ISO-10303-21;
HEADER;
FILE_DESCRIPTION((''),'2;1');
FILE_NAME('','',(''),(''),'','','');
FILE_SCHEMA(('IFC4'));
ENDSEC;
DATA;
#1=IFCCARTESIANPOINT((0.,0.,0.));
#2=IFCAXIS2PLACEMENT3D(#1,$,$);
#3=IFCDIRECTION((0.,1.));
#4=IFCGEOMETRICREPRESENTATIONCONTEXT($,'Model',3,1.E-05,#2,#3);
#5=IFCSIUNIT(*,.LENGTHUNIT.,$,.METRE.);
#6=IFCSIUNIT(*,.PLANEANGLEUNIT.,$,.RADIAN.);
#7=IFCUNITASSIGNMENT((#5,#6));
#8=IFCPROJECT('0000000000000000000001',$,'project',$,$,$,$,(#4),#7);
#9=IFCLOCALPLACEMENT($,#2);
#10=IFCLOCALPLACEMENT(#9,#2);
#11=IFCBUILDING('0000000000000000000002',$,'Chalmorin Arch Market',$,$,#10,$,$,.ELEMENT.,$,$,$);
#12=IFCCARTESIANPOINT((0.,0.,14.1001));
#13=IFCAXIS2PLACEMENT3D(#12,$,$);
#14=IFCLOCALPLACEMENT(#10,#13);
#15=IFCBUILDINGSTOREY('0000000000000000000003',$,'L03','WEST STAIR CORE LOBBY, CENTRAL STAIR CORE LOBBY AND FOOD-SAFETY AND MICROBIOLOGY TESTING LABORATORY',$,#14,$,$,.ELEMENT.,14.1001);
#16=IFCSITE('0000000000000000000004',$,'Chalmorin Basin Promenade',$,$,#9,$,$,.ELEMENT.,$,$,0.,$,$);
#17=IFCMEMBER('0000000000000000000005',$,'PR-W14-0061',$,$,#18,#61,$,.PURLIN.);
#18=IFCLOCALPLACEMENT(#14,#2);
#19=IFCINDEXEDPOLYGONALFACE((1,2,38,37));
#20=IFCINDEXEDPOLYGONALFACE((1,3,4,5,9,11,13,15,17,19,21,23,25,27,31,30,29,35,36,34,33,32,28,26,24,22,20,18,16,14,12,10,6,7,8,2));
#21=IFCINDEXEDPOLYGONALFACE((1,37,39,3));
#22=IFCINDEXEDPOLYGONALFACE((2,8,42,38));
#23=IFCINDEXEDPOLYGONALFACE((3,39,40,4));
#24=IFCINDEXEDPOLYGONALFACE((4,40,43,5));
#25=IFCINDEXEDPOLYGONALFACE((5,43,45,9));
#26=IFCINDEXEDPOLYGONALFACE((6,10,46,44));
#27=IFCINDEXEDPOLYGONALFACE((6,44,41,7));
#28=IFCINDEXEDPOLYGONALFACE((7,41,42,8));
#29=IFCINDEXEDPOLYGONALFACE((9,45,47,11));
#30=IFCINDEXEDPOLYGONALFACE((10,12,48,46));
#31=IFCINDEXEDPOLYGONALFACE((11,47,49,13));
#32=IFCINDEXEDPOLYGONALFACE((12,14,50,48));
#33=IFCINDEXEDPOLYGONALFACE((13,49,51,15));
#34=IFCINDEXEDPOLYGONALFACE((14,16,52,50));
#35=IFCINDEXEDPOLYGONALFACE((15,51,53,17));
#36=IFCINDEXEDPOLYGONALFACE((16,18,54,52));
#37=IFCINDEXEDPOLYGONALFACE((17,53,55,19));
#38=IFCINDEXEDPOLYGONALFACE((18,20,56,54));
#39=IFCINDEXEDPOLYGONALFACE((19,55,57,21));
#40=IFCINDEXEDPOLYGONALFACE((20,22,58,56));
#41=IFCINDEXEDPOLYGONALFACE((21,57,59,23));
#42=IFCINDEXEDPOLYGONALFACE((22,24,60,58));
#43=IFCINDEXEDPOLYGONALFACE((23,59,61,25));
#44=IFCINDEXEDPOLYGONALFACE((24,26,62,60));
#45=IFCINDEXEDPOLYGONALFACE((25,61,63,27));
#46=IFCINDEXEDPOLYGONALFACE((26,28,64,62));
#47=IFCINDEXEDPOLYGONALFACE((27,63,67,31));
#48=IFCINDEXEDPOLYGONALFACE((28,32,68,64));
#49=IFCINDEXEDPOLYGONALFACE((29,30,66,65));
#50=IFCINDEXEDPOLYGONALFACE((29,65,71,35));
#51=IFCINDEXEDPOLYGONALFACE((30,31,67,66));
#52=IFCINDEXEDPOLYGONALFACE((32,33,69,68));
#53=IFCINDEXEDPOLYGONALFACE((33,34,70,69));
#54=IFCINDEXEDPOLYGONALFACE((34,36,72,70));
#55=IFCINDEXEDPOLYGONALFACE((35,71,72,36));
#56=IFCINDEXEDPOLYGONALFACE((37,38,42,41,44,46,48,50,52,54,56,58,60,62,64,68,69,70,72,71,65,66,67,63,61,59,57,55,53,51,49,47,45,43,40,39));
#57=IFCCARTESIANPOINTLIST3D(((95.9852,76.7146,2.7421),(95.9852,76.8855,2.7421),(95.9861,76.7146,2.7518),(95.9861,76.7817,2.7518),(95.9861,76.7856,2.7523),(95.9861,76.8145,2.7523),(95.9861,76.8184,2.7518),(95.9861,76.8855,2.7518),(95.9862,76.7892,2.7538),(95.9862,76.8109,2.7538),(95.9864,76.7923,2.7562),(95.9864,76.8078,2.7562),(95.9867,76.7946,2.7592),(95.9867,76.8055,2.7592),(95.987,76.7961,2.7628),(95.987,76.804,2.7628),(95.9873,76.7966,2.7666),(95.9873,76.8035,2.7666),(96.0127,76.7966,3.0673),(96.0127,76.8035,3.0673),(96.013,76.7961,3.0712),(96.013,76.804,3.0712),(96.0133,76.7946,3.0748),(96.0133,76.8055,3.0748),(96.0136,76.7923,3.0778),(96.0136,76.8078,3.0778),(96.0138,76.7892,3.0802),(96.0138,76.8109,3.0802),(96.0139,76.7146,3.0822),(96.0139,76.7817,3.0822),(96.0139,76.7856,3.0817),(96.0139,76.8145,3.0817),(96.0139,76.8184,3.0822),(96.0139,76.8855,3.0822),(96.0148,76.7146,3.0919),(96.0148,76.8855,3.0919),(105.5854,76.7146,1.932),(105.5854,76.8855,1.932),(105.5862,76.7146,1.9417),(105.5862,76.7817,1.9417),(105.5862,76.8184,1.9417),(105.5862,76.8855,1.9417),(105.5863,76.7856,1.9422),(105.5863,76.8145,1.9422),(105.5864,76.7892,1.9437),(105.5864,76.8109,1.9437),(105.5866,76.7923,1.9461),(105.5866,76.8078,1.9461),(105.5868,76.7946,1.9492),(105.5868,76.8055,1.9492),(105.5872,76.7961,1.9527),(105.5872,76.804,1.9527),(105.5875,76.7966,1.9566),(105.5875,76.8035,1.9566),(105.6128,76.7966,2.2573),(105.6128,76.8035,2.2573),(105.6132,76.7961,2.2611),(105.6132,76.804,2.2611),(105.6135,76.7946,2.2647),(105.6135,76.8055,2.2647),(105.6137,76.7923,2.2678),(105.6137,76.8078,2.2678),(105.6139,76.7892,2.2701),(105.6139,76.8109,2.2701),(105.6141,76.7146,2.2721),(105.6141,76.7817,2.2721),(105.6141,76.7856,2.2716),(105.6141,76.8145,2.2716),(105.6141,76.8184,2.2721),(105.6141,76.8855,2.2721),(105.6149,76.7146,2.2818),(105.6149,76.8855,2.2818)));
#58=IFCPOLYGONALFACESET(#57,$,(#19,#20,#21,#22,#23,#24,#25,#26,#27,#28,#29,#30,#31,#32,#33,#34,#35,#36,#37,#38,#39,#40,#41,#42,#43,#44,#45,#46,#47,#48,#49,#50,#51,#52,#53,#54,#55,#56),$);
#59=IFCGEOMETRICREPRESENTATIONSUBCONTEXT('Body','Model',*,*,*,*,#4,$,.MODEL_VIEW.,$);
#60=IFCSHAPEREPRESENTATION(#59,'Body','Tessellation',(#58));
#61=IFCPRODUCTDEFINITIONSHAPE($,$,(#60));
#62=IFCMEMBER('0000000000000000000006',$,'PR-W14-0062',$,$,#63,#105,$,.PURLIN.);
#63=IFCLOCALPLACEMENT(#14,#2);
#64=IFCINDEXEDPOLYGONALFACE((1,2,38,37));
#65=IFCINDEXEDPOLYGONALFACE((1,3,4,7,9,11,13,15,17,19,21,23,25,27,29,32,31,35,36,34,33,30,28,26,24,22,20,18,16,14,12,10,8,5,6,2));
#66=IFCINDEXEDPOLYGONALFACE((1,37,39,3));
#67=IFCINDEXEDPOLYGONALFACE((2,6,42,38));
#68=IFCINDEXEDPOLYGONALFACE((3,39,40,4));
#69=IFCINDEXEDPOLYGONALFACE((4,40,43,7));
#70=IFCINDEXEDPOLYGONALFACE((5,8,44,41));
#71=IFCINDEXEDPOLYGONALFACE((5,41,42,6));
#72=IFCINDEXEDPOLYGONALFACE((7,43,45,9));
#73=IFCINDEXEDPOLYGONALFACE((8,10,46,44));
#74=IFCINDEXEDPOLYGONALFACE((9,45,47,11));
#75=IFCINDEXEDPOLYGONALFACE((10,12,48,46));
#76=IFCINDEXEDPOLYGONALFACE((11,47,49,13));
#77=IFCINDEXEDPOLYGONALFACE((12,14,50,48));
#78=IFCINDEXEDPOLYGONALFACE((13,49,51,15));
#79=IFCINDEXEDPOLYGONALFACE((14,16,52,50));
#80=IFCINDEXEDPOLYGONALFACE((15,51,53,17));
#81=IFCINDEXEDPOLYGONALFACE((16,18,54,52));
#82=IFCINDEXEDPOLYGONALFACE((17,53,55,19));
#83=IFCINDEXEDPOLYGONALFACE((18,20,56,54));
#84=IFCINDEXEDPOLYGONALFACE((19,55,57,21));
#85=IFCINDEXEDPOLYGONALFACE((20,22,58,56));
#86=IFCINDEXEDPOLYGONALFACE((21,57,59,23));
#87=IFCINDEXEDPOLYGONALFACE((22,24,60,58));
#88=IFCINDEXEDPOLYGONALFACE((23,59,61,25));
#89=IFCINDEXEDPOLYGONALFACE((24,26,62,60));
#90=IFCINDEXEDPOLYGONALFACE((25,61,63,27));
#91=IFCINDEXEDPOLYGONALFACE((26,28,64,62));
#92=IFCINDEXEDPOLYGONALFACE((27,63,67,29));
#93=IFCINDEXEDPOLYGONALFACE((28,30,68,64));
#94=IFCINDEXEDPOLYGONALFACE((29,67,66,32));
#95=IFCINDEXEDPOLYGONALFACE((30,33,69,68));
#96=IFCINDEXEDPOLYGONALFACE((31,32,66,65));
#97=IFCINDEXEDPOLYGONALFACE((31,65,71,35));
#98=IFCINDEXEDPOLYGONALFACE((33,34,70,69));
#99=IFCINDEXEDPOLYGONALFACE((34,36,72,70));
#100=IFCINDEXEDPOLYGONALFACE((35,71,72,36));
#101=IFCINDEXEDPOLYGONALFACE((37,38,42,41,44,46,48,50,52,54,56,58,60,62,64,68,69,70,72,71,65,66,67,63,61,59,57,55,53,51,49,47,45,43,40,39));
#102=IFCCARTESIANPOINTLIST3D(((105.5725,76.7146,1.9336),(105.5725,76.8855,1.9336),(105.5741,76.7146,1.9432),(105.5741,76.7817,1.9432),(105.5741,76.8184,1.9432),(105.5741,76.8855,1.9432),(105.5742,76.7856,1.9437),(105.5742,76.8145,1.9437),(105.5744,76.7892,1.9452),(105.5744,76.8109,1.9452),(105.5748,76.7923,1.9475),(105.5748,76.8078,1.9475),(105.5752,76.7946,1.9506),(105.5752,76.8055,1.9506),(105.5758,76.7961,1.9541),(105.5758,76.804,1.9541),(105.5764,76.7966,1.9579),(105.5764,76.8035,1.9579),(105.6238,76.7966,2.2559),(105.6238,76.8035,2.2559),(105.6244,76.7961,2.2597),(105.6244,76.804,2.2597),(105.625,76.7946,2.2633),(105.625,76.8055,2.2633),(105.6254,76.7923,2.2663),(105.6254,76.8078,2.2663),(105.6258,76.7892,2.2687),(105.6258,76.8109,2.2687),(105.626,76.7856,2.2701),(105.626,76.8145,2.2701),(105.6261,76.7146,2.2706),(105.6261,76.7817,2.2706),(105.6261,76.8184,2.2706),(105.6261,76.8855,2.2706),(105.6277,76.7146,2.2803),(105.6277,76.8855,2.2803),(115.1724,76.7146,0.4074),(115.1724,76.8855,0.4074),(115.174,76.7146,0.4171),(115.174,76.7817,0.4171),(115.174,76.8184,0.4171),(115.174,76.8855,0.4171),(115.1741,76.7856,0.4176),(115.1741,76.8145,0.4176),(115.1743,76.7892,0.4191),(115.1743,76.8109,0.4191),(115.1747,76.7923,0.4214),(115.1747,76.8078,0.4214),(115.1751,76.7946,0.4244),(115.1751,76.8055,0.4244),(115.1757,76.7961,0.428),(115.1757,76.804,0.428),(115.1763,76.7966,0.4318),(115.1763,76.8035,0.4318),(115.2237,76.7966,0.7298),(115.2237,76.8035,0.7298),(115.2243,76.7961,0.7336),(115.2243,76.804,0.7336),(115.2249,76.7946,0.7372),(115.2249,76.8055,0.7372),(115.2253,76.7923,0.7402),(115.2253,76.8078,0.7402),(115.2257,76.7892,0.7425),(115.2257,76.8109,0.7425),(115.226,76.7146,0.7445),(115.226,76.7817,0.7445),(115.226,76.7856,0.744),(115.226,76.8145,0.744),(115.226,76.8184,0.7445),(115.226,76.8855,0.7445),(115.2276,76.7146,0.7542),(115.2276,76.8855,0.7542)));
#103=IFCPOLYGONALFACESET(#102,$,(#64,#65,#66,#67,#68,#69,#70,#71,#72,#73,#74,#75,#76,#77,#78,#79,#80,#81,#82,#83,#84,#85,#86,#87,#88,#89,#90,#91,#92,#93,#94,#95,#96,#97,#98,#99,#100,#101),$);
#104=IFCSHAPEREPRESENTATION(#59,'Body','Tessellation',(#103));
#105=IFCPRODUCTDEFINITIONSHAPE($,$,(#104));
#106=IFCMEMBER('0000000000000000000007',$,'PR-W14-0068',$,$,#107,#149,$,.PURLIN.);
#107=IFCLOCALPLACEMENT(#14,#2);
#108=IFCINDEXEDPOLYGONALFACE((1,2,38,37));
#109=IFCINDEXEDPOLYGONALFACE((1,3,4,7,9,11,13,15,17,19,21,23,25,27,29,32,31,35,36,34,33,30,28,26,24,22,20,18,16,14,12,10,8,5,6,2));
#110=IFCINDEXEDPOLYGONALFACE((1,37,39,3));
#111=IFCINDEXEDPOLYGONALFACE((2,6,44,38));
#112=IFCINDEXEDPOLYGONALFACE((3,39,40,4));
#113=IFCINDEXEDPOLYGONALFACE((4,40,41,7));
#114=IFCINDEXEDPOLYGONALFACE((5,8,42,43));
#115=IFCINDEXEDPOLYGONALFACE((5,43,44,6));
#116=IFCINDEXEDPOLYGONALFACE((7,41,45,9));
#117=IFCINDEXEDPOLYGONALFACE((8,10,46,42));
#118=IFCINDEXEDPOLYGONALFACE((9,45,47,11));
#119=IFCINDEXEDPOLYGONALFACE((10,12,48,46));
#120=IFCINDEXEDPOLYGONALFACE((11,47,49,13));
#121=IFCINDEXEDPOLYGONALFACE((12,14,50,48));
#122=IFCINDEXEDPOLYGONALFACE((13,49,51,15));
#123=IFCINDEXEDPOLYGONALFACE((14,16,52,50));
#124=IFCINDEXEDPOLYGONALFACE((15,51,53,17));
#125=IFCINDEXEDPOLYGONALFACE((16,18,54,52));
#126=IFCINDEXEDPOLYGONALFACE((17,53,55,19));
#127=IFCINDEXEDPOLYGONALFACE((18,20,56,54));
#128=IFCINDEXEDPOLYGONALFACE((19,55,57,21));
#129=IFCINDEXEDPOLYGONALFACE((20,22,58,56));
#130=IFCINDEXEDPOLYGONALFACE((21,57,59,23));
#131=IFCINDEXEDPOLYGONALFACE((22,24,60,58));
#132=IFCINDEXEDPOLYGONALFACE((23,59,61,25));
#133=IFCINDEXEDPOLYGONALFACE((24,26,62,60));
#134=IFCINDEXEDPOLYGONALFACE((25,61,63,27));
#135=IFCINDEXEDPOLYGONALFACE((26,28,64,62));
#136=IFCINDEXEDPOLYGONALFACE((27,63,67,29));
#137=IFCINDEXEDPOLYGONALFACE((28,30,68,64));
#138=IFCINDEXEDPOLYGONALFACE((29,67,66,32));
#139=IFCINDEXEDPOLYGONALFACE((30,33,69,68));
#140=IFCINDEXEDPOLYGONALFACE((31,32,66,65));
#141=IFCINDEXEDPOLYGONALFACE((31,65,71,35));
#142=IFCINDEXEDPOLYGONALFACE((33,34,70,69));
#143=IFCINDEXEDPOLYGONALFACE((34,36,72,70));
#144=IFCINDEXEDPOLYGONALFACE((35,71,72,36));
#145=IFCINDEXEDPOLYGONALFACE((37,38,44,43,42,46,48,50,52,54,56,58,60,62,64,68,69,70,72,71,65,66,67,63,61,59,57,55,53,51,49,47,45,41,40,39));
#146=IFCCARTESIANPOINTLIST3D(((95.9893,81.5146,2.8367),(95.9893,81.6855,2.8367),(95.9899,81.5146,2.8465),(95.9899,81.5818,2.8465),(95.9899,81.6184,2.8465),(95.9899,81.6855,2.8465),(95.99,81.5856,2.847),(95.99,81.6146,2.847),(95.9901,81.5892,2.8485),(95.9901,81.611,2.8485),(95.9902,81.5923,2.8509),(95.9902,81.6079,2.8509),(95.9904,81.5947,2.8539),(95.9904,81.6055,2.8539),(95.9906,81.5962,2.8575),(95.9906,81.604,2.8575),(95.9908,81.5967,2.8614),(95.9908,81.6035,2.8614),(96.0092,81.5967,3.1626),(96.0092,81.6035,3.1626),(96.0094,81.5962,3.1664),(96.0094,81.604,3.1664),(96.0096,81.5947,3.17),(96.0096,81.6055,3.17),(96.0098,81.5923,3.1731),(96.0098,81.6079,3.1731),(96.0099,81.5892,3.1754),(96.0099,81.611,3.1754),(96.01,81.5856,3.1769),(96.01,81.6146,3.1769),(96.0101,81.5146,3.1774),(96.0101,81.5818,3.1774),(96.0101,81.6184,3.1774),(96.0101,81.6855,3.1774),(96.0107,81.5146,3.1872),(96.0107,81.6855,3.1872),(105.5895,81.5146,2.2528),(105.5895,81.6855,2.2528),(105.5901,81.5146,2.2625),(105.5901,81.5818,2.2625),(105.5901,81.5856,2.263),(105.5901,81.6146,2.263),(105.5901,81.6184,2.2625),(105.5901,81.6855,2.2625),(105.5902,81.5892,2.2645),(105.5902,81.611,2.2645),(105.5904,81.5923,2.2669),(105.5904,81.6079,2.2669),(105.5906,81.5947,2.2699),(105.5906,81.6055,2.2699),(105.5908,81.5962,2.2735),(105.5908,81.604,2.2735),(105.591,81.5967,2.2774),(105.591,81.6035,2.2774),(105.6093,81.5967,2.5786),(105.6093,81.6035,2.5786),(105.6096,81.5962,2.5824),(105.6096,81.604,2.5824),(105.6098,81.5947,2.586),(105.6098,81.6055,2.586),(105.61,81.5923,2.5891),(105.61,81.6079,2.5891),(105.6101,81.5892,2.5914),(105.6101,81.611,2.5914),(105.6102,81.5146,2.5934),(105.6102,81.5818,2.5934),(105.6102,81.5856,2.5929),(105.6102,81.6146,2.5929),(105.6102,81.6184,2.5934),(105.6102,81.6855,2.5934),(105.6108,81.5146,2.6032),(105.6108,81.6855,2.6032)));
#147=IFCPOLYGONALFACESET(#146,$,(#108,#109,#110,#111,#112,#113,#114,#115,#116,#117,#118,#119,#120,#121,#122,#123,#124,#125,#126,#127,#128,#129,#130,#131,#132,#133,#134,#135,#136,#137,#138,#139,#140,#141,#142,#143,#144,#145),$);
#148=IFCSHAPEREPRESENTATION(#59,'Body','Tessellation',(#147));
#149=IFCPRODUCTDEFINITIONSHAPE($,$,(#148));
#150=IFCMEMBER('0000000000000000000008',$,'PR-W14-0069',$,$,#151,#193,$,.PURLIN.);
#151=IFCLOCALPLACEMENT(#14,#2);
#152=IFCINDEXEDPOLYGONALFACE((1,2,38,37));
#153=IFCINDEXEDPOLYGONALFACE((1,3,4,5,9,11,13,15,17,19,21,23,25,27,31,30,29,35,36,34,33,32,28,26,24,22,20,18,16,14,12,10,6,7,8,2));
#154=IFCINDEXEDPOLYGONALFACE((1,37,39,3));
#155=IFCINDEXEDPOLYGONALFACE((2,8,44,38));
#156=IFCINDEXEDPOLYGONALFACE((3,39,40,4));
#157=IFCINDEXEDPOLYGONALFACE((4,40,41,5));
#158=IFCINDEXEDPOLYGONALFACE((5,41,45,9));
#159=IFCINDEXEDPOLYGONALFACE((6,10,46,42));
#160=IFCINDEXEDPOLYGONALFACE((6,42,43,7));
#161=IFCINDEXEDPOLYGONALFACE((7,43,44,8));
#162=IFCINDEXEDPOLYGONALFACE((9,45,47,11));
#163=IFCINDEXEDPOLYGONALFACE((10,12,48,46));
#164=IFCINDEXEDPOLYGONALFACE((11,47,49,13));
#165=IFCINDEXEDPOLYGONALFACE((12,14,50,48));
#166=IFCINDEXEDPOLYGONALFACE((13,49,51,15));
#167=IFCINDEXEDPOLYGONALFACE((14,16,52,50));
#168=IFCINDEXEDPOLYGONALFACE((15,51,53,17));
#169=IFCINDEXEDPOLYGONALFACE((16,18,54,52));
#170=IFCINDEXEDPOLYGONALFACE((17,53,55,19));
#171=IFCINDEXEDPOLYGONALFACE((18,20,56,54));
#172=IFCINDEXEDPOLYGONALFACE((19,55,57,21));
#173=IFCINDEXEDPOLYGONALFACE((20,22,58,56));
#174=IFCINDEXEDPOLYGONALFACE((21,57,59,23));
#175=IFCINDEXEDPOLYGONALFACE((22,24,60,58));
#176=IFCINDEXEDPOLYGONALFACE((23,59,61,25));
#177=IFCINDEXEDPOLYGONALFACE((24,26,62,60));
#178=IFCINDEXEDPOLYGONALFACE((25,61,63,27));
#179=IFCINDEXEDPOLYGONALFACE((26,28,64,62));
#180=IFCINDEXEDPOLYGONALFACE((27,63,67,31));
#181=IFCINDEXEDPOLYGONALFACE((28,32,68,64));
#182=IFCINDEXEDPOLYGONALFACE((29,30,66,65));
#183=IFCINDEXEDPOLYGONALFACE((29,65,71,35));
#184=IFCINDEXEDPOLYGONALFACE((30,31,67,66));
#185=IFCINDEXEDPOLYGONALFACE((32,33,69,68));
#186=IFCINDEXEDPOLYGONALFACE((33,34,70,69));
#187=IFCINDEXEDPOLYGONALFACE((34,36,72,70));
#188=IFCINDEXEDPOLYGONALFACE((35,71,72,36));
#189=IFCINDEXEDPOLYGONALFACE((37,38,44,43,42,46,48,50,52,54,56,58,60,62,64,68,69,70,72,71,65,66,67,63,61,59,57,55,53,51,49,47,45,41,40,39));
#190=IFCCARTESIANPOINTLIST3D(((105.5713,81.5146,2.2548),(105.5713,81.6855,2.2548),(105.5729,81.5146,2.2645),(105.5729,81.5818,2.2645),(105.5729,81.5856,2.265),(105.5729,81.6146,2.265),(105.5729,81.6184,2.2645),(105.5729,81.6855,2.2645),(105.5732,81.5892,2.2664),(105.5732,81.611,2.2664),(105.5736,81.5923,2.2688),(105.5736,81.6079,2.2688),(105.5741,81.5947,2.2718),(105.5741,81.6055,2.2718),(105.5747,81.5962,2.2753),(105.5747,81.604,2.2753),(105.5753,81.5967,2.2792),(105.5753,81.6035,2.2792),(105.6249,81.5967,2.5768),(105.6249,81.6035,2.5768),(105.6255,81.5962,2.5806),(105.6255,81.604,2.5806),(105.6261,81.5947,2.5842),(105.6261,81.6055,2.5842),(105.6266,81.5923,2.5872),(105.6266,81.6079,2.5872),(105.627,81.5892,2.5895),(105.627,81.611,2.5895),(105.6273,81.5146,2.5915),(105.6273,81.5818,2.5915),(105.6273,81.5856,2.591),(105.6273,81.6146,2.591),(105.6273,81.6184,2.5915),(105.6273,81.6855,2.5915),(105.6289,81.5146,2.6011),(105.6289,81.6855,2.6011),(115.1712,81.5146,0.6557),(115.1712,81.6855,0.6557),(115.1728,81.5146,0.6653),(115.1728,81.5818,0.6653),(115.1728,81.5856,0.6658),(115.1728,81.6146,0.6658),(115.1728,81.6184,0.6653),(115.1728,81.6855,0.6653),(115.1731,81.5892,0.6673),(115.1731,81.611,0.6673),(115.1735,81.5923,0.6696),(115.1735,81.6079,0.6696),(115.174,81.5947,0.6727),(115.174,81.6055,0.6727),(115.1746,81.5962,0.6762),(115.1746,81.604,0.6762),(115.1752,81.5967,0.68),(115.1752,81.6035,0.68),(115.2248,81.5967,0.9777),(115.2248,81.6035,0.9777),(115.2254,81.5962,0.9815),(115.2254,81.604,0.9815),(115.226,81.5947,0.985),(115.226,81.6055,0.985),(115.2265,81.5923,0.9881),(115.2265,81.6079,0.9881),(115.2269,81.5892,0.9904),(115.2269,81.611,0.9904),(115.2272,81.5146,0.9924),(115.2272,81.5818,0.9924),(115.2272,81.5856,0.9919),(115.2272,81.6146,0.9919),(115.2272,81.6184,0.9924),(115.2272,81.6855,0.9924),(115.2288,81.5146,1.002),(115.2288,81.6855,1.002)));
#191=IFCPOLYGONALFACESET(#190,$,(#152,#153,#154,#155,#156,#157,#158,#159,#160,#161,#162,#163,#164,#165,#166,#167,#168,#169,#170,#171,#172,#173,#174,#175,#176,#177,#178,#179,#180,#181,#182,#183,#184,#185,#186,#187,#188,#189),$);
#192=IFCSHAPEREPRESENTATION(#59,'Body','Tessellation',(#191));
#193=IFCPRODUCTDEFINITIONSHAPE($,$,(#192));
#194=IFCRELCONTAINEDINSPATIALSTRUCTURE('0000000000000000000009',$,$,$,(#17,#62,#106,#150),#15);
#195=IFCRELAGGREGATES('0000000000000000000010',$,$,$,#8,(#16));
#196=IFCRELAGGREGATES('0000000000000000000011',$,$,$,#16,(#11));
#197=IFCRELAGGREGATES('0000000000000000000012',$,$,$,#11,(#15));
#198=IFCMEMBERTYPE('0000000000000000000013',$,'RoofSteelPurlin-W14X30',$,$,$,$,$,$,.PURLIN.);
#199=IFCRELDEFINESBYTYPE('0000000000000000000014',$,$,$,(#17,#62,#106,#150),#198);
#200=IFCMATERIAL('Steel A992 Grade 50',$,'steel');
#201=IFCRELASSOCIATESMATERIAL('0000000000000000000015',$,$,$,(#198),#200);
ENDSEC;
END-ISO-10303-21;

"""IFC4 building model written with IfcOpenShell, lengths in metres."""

from ifc_helpers import new_model, si_unit, direction, frame, origin, origin_2d, place, context, subcontext, project, spatial, i_section, extrude, material, material_profile, profile_set, type_object, element, save


model = new_model("IFC4")

# Units and contexts
model_context = context("Model", 3, precision=1e-05, world=origin(), true_north=direction((0.0, 1.0)))
body_context = subcontext(model_context, "Body", "Model", "MODEL_VIEW")
ifc_project = project(units=[si_unit("LENGTHUNIT", "METRE"), si_unit("PLANEANGLEUNIT", "RADIAN")], contexts=[model_context])

# Site, building, storey
site_placement = place(None, origin())
site = spatial("IfcSite", under=ifc_project, at=site_placement, Name="Chalmorin Basin Promenade", CompositionType="ELEMENT", RefElevation=0.0)
building_placement = place(site_placement, origin())
building = spatial("IfcBuilding", under=site, at=building_placement, Name="Chalmorin Arch Market", CompositionType="ELEMENT")
storey_placement = place(building_placement, frame((0.0, 0.0, 14.1001)))
storey = spatial("IfcBuildingStorey", under=building, at=storey_placement, Name="L03", Description="WEST STAIR CORE LOBBY, CENTRAL STAIR CORE LOBBY AND FOOD-SAFETY AND MICROBIOLOGY TESTING LABORATORY", CompositionType="ELEMENT", Elevation=14.1001)

# Shared definitions
ifc_material_1 = material(Name="Steel A992 Grade 50", Category="steel")

# Members
ifc_material_profile_1 = material_profile(ifc_material_1, i_section(OverallWidth=0.1709, OverallDepth=0.3511, WebThickness=0.0068, FlangeThickness=0.0098, FilletRadius=0.0149, at=origin_2d()), Name="W14X30")
ifc_profile_set_1 = profile_set([ifc_material_profile_1], Name="Steel A992 Grade 50")
member_type = type_object("IfcMemberType", Name="RoofSteelPurlin-W14X30", PredefinedType="PURLIN", material=ifc_profile_set_1)
member_1_placement = place(storey_placement, frame((96.0, 76.8, 2.917), z_axis=(0.996459, 0.0, -0.084081), x_axis=(0.0, 1.0, 0.0)))
element("IfcMember", 1, at=member_1_placement, inside=storey, type_object=member_type, Name="PR-W14-0061", PredefinedType="PURLIN", context=body_context, shape_type="SweptSolid", body=[
    extrude(i_section(OverallWidth=0.1709, OverallDepth=0.3511, WebThickness=0.0068, FlangeThickness=0.0098, FilletRadius=0.0149, at=origin_2d()), origin(), (0.0, 0.0, 1.0), 9.6343),
])
member_2_placement = place(storey_placement, frame((105.6001, 76.8, 2.1069), z_axis=(0.987598, 0.0, -0.157002), x_axis=(0.0, 1.0, 0.0)))
element("IfcMember", 2, at=member_2_placement, inside=storey, type_object=member_type, Name="PR-W14-0062", PredefinedType="PURLIN", context=body_context, shape_type="SweptSolid", body=[
    extrude(i_section(OverallWidth=0.1709, OverallDepth=0.3511, WebThickness=0.0068, FlangeThickness=0.0098, FilletRadius=0.0149, at=origin_2d()), origin(), (0.0, 0.0, 1.0), 9.7205),
])
member_3_placement = place(storey_placement, frame((96.0, 81.6001, 3.012), z_axis=(0.998155, 0.0, -0.060719), x_axis=(0.0, 1.0, 0.0)))
element("IfcMember", 3, at=member_3_placement, inside=storey, type_object=member_type, Name="PR-W14-0068", PredefinedType="PURLIN", context=body_context, shape_type="SweptSolid", body=[
    extrude(i_section(OverallWidth=0.1709, OverallDepth=0.3511, WebThickness=0.0068, FlangeThickness=0.0098, FilletRadius=0.0149, at=origin_2d()), origin(), (0.0, 0.0, 1.0), 9.6179),
])
member_4_placement = place(storey_placement, frame((105.6001, 81.6001, 2.428), z_axis=(0.986408, 0.0, -0.164314), x_axis=(0.0, 1.0, 0.0)))
element("IfcMember", 4, at=member_4_placement, inside=storey, type_object=member_type, Name="PR-W14-0069", PredefinedType="PURLIN", context=body_context, shape_type="SweptSolid", body=[
    extrude(i_section(OverallWidth=0.1709, OverallDepth=0.3511, WebThickness=0.0068, FlangeThickness=0.0098, FilletRadius=0.0149, at=origin_2d()), origin(), (0.0, 0.0, 1.0), 9.7322),
])

save(model, "model.ifc")
